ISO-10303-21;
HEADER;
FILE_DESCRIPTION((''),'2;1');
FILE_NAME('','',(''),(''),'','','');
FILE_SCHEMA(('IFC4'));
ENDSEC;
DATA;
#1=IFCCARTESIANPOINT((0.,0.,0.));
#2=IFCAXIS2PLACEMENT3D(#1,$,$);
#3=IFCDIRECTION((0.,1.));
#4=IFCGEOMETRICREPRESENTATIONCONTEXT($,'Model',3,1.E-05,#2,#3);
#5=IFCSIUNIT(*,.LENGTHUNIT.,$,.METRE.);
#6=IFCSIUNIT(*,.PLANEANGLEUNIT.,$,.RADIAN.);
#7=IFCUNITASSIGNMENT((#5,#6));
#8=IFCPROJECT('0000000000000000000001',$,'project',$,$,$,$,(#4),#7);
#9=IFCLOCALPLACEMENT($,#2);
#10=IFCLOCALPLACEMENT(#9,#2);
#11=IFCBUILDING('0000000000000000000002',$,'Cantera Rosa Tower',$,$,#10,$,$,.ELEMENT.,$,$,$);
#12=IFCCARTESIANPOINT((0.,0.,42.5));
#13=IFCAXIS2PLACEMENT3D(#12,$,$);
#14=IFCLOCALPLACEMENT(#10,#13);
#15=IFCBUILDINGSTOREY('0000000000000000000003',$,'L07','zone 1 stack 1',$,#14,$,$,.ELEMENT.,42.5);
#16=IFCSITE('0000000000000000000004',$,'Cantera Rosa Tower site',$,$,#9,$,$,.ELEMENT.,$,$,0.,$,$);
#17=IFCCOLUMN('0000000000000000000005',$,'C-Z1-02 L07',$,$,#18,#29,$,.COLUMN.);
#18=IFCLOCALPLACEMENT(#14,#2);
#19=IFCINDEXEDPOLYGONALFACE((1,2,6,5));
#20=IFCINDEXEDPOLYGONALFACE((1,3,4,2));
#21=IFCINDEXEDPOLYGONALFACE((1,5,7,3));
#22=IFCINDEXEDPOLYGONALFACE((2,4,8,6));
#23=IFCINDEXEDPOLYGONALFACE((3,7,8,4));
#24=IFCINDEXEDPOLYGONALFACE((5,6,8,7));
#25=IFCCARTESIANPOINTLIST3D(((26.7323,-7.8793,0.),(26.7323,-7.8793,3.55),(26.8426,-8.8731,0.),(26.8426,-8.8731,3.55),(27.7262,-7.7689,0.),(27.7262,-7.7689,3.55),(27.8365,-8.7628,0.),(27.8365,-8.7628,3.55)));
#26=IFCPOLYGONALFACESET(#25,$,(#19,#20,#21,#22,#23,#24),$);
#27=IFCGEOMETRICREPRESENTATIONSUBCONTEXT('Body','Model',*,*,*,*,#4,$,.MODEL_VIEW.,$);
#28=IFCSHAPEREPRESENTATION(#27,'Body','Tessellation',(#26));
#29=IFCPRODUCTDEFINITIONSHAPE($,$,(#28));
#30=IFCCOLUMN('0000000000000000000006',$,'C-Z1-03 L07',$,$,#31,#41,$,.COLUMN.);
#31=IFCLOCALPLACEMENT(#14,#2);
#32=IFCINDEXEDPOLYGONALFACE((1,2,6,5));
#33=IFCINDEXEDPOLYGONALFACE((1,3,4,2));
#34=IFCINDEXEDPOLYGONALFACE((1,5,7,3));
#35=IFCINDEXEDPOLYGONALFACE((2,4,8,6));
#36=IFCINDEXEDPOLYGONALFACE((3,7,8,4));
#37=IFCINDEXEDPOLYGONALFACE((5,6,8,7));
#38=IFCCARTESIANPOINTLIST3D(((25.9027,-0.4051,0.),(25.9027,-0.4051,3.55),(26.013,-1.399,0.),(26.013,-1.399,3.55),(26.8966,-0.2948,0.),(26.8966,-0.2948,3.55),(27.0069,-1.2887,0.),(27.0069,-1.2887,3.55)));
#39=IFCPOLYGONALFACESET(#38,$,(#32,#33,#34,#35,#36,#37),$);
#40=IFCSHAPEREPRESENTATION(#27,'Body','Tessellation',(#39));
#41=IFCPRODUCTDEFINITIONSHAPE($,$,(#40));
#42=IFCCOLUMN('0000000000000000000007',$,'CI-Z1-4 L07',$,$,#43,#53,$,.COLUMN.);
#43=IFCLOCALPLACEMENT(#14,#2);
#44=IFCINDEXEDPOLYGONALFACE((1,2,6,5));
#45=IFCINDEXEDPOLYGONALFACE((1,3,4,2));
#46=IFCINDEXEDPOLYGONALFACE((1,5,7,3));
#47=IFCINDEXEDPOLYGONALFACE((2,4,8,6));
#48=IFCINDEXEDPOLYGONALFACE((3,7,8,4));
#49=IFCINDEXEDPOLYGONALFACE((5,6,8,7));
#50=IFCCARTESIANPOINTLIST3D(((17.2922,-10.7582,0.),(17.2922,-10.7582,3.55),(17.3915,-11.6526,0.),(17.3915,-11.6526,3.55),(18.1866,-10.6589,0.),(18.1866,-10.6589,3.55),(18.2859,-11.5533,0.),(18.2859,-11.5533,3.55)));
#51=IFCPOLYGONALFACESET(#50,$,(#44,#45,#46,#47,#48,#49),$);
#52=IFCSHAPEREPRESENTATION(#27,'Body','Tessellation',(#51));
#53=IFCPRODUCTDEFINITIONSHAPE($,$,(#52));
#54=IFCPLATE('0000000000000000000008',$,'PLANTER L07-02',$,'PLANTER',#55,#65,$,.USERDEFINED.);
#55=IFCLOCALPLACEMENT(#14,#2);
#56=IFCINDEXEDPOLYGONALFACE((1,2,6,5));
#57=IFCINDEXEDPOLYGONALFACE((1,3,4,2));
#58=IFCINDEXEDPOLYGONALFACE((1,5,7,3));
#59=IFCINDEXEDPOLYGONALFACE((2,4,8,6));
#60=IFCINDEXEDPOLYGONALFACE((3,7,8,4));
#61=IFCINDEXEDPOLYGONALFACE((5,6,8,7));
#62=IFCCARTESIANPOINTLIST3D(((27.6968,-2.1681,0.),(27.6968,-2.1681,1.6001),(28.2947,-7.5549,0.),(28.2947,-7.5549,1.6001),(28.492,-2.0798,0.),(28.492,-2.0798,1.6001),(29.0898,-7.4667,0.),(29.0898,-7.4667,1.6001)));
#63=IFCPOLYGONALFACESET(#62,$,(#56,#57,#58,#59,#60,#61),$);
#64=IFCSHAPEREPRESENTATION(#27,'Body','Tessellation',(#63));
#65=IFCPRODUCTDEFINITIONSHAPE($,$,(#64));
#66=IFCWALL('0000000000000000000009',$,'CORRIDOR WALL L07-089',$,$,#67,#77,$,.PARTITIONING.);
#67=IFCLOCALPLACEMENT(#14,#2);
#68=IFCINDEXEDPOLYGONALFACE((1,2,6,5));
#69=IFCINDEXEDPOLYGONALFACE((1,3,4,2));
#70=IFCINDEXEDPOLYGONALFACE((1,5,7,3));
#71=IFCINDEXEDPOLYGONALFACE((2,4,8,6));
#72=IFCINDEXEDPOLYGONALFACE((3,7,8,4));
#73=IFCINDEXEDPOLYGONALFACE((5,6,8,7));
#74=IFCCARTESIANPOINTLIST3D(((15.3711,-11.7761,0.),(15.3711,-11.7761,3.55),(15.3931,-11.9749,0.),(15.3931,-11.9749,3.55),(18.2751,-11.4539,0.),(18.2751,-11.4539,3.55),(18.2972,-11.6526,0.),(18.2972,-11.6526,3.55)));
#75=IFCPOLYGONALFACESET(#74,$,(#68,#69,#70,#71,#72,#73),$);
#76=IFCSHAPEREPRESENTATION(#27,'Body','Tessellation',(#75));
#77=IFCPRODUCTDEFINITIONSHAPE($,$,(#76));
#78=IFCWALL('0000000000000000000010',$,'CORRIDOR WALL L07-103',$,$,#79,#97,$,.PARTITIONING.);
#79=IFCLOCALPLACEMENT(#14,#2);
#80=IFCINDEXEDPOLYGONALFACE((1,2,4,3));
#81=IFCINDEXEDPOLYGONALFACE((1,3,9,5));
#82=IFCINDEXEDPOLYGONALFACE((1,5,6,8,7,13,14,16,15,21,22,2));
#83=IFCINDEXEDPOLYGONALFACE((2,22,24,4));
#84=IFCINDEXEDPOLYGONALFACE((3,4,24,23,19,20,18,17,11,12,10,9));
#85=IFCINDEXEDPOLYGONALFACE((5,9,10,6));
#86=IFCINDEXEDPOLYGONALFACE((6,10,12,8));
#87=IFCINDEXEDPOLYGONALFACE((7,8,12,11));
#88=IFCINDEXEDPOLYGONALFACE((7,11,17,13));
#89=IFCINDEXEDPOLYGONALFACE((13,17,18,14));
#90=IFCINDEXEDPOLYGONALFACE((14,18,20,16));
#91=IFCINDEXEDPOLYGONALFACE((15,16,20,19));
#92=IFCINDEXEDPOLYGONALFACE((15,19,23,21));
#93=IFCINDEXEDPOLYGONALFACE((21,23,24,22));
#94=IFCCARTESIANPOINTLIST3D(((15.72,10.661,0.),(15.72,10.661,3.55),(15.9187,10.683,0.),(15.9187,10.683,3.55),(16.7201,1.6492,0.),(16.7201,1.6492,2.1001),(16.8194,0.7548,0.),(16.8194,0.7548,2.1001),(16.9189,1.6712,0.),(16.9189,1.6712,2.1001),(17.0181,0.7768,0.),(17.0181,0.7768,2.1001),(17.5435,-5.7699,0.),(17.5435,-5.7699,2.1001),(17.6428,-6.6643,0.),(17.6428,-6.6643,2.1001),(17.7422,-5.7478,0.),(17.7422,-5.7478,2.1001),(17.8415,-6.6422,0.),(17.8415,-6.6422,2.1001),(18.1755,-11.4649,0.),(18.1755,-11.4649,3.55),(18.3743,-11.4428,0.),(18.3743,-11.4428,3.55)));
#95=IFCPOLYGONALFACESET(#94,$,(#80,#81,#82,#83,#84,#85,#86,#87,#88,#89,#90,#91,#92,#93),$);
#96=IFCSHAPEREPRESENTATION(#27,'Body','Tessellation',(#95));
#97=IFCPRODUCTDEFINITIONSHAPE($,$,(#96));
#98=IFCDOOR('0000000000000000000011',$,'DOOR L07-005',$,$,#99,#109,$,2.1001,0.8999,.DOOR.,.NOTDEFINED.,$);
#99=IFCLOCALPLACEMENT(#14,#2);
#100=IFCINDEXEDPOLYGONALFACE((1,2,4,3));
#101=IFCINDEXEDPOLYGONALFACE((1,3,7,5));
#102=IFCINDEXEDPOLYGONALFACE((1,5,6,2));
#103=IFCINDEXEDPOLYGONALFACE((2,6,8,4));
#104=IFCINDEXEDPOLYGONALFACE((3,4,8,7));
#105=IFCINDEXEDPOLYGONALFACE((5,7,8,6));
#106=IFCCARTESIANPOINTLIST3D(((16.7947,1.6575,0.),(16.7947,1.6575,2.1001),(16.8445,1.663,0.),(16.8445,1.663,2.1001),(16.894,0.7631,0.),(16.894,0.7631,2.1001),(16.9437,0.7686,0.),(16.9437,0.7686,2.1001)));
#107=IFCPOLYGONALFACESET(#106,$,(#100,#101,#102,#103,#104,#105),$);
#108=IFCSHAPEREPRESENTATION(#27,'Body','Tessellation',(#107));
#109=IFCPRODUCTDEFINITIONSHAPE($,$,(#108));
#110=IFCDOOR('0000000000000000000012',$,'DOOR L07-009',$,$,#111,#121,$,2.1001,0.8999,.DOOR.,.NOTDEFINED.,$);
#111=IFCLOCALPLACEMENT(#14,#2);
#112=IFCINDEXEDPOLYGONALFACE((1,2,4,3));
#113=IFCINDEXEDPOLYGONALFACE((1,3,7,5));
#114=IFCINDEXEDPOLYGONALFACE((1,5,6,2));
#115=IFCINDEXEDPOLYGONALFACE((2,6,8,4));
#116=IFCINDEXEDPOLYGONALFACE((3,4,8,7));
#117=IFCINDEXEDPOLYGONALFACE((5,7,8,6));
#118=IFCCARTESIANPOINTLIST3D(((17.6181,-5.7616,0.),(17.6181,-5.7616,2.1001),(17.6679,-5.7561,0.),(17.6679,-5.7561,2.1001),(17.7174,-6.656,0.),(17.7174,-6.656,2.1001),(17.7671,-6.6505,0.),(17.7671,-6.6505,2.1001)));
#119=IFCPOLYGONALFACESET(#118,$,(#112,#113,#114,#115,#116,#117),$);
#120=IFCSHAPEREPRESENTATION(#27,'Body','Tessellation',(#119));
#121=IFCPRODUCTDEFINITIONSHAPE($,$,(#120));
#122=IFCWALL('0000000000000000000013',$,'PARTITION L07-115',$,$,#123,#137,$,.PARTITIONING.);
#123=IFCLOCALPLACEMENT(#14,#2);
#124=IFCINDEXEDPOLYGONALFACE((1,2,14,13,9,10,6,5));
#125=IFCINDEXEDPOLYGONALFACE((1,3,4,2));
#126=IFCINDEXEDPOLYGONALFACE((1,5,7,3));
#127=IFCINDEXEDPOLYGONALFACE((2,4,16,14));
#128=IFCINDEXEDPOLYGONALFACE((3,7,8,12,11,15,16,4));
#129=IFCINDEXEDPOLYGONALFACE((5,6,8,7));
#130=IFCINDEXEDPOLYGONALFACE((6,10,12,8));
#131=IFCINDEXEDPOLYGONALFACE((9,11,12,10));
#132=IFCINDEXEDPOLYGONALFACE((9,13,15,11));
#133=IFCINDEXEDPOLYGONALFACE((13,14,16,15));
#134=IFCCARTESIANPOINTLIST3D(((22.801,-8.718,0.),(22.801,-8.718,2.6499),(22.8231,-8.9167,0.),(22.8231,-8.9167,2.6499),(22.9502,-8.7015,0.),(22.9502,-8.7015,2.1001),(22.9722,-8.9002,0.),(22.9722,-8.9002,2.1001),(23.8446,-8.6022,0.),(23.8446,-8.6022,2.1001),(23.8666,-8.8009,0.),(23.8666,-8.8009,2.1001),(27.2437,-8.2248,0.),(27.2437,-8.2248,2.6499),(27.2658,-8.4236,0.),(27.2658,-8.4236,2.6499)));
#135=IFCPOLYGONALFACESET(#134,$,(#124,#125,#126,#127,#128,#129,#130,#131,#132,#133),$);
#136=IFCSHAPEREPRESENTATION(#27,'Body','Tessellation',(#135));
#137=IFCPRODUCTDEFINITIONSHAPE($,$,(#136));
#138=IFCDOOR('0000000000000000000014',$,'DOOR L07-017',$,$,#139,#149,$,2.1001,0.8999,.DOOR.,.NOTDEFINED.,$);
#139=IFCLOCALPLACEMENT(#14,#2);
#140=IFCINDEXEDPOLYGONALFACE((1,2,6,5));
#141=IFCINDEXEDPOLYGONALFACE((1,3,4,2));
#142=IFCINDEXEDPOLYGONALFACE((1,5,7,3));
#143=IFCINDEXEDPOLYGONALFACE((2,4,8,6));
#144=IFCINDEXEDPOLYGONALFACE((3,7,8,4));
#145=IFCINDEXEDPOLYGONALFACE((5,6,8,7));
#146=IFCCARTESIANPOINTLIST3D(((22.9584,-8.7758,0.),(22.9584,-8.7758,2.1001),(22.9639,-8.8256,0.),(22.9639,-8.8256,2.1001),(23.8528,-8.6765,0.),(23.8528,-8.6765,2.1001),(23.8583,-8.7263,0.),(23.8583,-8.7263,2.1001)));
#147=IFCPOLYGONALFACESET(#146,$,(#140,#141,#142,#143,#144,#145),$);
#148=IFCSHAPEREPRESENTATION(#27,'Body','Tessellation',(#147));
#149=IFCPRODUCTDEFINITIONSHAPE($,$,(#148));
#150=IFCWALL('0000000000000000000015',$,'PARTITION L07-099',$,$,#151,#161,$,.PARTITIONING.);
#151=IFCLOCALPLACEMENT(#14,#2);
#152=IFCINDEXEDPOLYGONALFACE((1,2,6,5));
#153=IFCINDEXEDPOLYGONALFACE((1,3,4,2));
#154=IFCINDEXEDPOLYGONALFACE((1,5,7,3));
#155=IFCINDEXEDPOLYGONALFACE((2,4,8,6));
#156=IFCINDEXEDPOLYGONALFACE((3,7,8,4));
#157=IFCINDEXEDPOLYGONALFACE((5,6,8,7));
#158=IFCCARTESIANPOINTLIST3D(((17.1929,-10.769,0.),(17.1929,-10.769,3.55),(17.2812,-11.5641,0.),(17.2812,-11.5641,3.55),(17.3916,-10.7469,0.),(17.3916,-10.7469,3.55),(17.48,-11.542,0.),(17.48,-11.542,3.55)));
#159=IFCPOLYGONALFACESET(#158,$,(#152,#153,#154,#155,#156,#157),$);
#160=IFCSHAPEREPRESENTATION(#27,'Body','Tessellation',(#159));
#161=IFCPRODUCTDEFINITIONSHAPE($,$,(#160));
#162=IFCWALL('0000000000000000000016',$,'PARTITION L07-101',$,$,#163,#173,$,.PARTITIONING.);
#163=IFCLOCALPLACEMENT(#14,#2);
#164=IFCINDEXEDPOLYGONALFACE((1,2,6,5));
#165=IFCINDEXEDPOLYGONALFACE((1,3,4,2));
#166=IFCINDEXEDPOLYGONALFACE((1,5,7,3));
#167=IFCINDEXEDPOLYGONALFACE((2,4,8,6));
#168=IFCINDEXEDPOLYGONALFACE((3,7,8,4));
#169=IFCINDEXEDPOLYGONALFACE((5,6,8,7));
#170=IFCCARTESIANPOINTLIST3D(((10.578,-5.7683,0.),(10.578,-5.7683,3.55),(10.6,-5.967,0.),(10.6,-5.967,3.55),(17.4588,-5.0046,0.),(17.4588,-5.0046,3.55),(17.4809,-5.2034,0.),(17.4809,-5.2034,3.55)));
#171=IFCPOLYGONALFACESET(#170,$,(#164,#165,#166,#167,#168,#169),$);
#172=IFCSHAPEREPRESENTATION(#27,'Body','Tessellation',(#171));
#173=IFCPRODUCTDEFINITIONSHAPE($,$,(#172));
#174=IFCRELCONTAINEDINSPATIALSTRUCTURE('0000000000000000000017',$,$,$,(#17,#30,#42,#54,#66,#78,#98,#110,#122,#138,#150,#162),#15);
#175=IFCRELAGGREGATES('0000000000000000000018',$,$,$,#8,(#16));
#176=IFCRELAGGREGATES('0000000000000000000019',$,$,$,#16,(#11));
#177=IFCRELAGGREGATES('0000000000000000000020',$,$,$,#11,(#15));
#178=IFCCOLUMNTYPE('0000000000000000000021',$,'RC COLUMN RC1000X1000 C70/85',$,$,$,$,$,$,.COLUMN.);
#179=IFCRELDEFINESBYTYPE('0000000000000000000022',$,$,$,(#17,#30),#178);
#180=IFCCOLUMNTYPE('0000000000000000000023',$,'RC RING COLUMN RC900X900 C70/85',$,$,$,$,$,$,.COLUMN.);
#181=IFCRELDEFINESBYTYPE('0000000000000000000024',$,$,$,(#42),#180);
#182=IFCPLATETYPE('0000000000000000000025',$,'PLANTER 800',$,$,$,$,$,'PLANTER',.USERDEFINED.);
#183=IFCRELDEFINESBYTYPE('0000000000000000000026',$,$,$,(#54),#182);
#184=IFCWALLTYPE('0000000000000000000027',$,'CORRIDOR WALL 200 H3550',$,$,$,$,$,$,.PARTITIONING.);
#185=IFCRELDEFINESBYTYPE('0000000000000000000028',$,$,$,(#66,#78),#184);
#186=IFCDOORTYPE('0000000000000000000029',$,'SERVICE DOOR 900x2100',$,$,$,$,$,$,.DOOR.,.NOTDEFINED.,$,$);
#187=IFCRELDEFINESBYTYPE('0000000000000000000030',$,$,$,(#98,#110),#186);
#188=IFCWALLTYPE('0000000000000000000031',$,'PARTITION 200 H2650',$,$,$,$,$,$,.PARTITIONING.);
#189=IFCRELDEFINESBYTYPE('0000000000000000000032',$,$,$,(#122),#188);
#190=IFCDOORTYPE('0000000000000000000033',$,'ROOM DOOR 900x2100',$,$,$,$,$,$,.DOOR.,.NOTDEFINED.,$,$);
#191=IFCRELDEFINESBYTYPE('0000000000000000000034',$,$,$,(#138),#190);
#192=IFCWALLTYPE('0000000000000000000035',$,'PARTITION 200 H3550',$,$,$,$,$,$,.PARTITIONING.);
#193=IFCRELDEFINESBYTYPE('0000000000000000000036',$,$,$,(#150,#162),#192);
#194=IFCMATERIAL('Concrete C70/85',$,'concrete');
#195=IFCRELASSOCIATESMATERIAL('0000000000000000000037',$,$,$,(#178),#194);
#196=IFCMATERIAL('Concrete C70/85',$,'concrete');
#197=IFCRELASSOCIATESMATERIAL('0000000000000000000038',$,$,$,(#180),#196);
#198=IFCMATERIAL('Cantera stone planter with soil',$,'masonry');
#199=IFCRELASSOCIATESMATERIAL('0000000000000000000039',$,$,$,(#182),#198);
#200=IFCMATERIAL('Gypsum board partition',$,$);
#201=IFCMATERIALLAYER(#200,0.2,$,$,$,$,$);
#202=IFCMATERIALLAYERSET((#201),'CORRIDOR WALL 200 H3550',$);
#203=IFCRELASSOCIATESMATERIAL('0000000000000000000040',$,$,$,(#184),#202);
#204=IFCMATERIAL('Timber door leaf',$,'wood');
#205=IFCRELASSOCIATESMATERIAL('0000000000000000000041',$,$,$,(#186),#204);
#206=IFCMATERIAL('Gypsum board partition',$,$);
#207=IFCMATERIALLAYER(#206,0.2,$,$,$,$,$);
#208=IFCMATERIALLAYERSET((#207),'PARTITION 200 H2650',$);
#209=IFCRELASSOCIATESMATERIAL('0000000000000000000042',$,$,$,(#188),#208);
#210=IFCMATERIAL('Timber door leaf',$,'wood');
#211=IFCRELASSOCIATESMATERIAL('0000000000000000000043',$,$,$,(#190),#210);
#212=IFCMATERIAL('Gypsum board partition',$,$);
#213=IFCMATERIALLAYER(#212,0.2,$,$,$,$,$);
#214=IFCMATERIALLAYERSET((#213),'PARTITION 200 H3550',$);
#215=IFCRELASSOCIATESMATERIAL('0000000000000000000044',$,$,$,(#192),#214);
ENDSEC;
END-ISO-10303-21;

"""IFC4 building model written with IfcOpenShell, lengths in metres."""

from ifc_helpers import new_model, si_unit, direction, frame, frame_2d, origin, origin_2d, place, context, subcontext, project, spatial, rectangle, extrude, material, layer, layer_set, material_profile, profile_set, type_object, element, fill, save


model = new_model("IFC4")

# Units and contexts
model_context = context("Model", 3, precision=1e-05, world=origin(), true_north=direction((0.0, 1.0)))
body_context = subcontext(model_context, "Body", "Model", "MODEL_VIEW")
ifc_project = project(units=[si_unit("LENGTHUNIT", "METRE"), si_unit("PLANEANGLEUNIT", "RADIAN")], contexts=[model_context])

# Site, building, storey
site_placement = place(None, origin())
site = spatial("IfcSite", under=ifc_project, at=site_placement, Name="Cantera Rosa Tower site", CompositionType="ELEMENT", RefElevation=0.0)
building_placement = place(site_placement, origin())
building = spatial("IfcBuilding", under=site, at=building_placement, Name="Cantera Rosa Tower", CompositionType="ELEMENT")
storey_placement = place(building_placement, frame((0.0, 0.0, 42.5)))
storey = spatial("IfcBuildingStorey", under=building, at=storey_placement, Name="L07", Description="zone 1 stack 1", CompositionType="ELEMENT", Elevation=42.5)

# Columns
ifc_material_1 = material(Name="Concrete C70/85", Category="concrete")
ifc_material_profile_1 = material_profile(ifc_material_1, rectangle(XDim=1.0, YDim=1.0, at=origin_2d()), Name="RC COLUMN RC1000X1000 C70/85")
ifc_profile_set_1 = profile_set([ifc_material_profile_1], Name="Concrete C70/85")
column_type_1 = type_object("IfcColumnType", Name="RC COLUMN RC1000X1000 C70/85", PredefinedType="COLUMN", material=ifc_profile_set_1)
for number, where, z_axis, x_axis, name in (
    (1, (27.2844, -8.321, 0.0), (0.0, 0.0, 1.0), (0.993897, 0.110313, 0.0), "C-Z1-02 L07"),
    (2, (26.4548, -0.8469, 0.0), (0.0, 0.0, 1.0), (0.993897, 0.110313, 0.0), "C-Z1-03 L07"),
):
    element("IfcColumn", number, at=place(storey_placement, frame(where, z_axis=z_axis, x_axis=x_axis)), inside=storey, type_object=column_type_1, Name=name, PredefinedType="COLUMN", context=body_context, shape_type="SweptSolid", body=[
        extrude(rectangle(XDim=1.0, YDim=1.0, at=origin_2d()), origin(), (0.0, 0.0, 1.0), 3.55),
    ])
ifc_material_2 = material(Name="Concrete C70/85", Category="concrete")
ifc_material_profile_2 = material_profile(ifc_material_2, rectangle(XDim=0.8999, YDim=0.8999, at=origin_2d()), Name="RC RING COLUMN RC900X900 C70/85")
ifc_profile_set_2 = profile_set([ifc_material_profile_2], Name="Concrete C70/85")
column_type_2 = type_object("IfcColumnType", Name="RC RING COLUMN RC900X900 C70/85", PredefinedType="COLUMN", material=ifc_profile_set_2)
column_placement = place(storey_placement, frame((17.7891, -11.1558, 0.0), z_axis=(0.0, 0.0, 1.0), x_axis=(0.993897, 0.110313, 0.0)))
element("IfcColumn", 3, at=column_placement, inside=storey, type_object=column_type_2, Name="CI-Z1-4 L07", PredefinedType="COLUMN", context=body_context, shape_type="SweptSolid", body=[
    extrude(rectangle(XDim=0.8999, YDim=0.8999, at=origin_2d()), origin(), (0.0, 0.0, 1.0), 3.55),
])

# Plate
ifc_material_3 = material(Name="Cantera stone planter with soil", Category="masonry")
plate_type = type_object("IfcPlateType", Name="PLANTER 800", ElementType="PLANTER", PredefinedType="USERDEFINED", material=ifc_material_3)
plate_placement = place(storey_placement, frame((28.3933, -4.8174, 0.0), z_axis=(0.0, 0.0, 1.0), x_axis=(-0.110313, 0.993897, 0.0)))
element("IfcPlate", 4, at=plate_placement, inside=storey, type_object=plate_type, Name="PLANTER L07-02", ObjectType="PLANTER", PredefinedType="USERDEFINED", context=body_context, shape_type="SweptSolid", body=[
    extrude(rectangle(XDim=5.4199, YDim=0.8, at=origin_2d()), origin(), (0.0, 0.0, 1.0), 1.6001),
])

# Wall
ifc_material_4 = material(Name="Gypsum board partition")
ifc_layer_1 = layer(ifc_material_4, 0.2)
ifc_layer_set_1 = layer_set([ifc_layer_1], Name="CORRIDOR WALL 200 H3550")
wall_type_1 = type_object("IfcWallType", Name="CORRIDOR WALL 200 H3550", PredefinedType="PARTITIONING", material=ifc_layer_set_1)
wall_1_placement = place(storey_placement, frame((15.3821, -11.8755, 0.0), z_axis=(0.0, 0.0, 1.0), x_axis=(0.993899, 0.110294, 0.0)))
element("IfcWall", 5, at=wall_1_placement, inside=storey, type_object=wall_type_1, Name="CORRIDOR WALL L07-089", PredefinedType="PARTITIONING", context=body_context, shape_type="SweptSolid", body=[
    extrude(rectangle(XDim=2.9219, YDim=0.2, at=frame_2d((1.4609, 0.0))), origin(), (0.0, 0.0, 1.0), 3.55),
])

# Wall, openings, doors
wall_2_placement = place(storey_placement, frame((18.2749, -11.4539, 0.0), z_axis=(0.0, 0.0, 1.0), x_axis=(-0.110304, 0.993898, 0.0)))
wall_2 = element("IfcWall", 6, at=wall_2_placement, inside=storey, type_object=wall_type_1, Name="CORRIDOR WALL L07-103", PredefinedType="PARTITIONING", context=body_context, shape_type="SweptSolid", body=[
    extrude(rectangle(XDim=22.2617, YDim=0.2, at=frame_2d((11.1309, 0.0))), origin(), (0.0, 0.0, 1.0), 3.55),
])
opening_1_placement = place(wall_2_placement, frame((12.2947, 0.0, 0.0)))
opening_1 = element("IfcOpeningElement", 7, at=opening_1_placement, cuts=wall_2, PredefinedType="OPENING", context=body_context, shape_type="SweptSolid", body=[
    extrude(rectangle(XDim=0.8999, YDim=2.1001, at=frame_2d((0.45, 1.05))), frame((0.0, 0.1099, 0.0), z_axis=(0.0, -1.0, 0.0), x_axis=(1.0, 0.0, 0.0)), (0.0, 0.0, 1.0), 0.22),
])
opening_2_placement = place(wall_2_placement, frame((4.8301, 0.0, 0.0)))
opening_2 = element("IfcOpeningElement", 8, at=opening_2_placement, cuts=wall_2, PredefinedType="OPENING", context=body_context, shape_type="SweptSolid", body=[
    extrude(rectangle(XDim=0.8999, YDim=2.1001, at=frame_2d((0.45, 1.05))), frame((0.0, 0.1099, 0.0), z_axis=(0.0, -1.0, 0.0), x_axis=(1.0, 0.0, 0.0)), (0.0, 0.0, 1.0), 0.22),
])
ifc_material_5 = material(Name="Timber door leaf", Category="wood")
door_type_1 = type_object("IfcDoorType", Name="SERVICE DOOR 900x2100", OperationType="NOTDEFINED", PredefinedType="DOOR", material=ifc_material_5)
door_1_placement = place(opening_1_placement, origin())
door_1 = element("IfcDoor", 9, at=door_1_placement, inside=storey, type_object=door_type_1, Name="DOOR L07-005", OperationType="NOTDEFINED", OverallHeight=2.1001, OverallWidth=0.8999, PredefinedType="DOOR", context=body_context, shape_type="SweptSolid", body=[
    extrude(rectangle(XDim=0.8999, YDim=2.1001, at=frame_2d((0.45, 1.05))), frame((0.0, 0.0249, 0.0), z_axis=(0.0, -1.0, 0.0), x_axis=(1.0, 0.0, 0.0)), (0.0, 0.0, 1.0), 0.05),
])
fill(opening_1, door_1)
door_2_placement = place(opening_2_placement, origin())
door_2 = element("IfcDoor", 10, at=door_2_placement, inside=storey, type_object=door_type_1, Name="DOOR L07-009", OperationType="NOTDEFINED", OverallHeight=2.1001, OverallWidth=0.8999, PredefinedType="DOOR", context=body_context, shape_type="SweptSolid", body=[
    extrude(rectangle(XDim=0.8999, YDim=2.1001, at=frame_2d((0.45, 1.05))), frame((0.0, 0.0249, 0.0), z_axis=(0.0, -1.0, 0.0), x_axis=(1.0, 0.0, 0.0)), (0.0, 0.0, 1.0), 0.05),
])
fill(opening_2, door_2)

# Wall, opening, door
ifc_material_6 = material(Name="Gypsum board partition")
ifc_layer_2 = layer(ifc_material_6, 0.2)
ifc_layer_set_2 = layer_set([ifc_layer_2], Name="PARTITION 200 H2650")
wall_type_2 = type_object("IfcWallType", Name="PARTITION 200 H2650", PredefinedType="PARTITIONING", material=ifc_layer_set_2)
wall_3_placement = place(storey_placement, frame((27.2546, -8.3242, 0.0), z_axis=(0.0, 0.0, 1.0), x_axis=(-0.993895, -0.11033, 0.0)))
wall_3 = element("IfcWall", 11, at=wall_3_placement, inside=storey, type_object=wall_type_2, Name="PARTITION L07-115", PredefinedType="PARTITIONING", context=body_context, shape_type="SweptSolid", body=[
    extrude(rectangle(XDim=4.47, YDim=0.2, at=frame_2d((2.2349, 0.0))), origin(), (0.0, 0.0, 1.0), 2.6499),
])
opening_3_placement = place(wall_3_placement, frame((3.4199, 0.0, 0.0)))
opening_3 = element("IfcOpeningElement", 12, at=opening_3_placement, cuts=wall_3, PredefinedType="OPENING", context=body_context, shape_type="SweptSolid", body=[
    extrude(rectangle(XDim=0.8999, YDim=2.1001, at=frame_2d((0.45, 1.05))), frame((0.0, 0.1099, 0.0), z_axis=(0.0, -1.0, 0.0), x_axis=(1.0, 0.0, 0.0)), (0.0, 0.0, 1.0), 0.22),
])
ifc_material_7 = material(Name="Timber door leaf", Category="wood")
door_type_2 = type_object("IfcDoorType", Name="ROOM DOOR 900x2100", OperationType="NOTDEFINED", PredefinedType="DOOR", material=ifc_material_7)
door_3_placement = place(opening_3_placement, origin())
door_3 = element("IfcDoor", 13, at=door_3_placement, inside=storey, type_object=door_type_2, Name="DOOR L07-017", OperationType="NOTDEFINED", OverallHeight=2.1001, OverallWidth=0.8999, PredefinedType="DOOR", context=body_context, shape_type="SweptSolid", body=[
    extrude(rectangle(XDim=0.8999, YDim=2.1001, at=frame_2d((0.45, 1.05))), frame((0.0, 0.0249, 0.0), z_axis=(0.0, -1.0, 0.0), x_axis=(1.0, 0.0, 0.0)), (0.0, 0.0, 1.0), 0.05),
])
fill(opening_3, door_3)

# Walls
ifc_material_8 = material(Name="Gypsum board partition")
ifc_layer_3 = layer(ifc_material_8, 0.2)
ifc_layer_set_3 = layer_set([ifc_layer_3], Name="PARTITION 200 H3550")
wall_type_3 = type_object("IfcWallType", Name="PARTITION 200 H3550", PredefinedType="PARTITIONING", material=ifc_layer_set_3)
wall_4_placement = place(storey_placement, frame((17.2922, -10.7581, 0.0), z_axis=(0.0, 0.0, 1.0), x_axis=(0.110465, -0.99388, 0.0)))
element("IfcWall", 14, at=wall_4_placement, inside=storey, type_object=wall_type_3, Name="PARTITION L07-099", PredefinedType="PARTITIONING", context=body_context, shape_type="SweptSolid", body=[
    extrude(rectangle(XDim=0.8, YDim=0.2, at=frame_2d((0.3999, 0.0))), origin(), (0.0, 0.0, 1.0), 3.55),
])
wall_5_placement = place(storey_placement, frame((17.4697, -5.104, 0.0), z_axis=(0.0, 0.0, 1.0), x_axis=(-0.993897, -0.110308, 0.0)))
element("IfcWall", 15, at=wall_5_placement, inside=storey, type_object=wall_type_3, Name="PARTITION L07-101", PredefinedType="PARTITIONING", context=body_context, shape_type="SweptSolid", body=[
    extrude(rectangle(XDim=6.9231, YDim=0.2, at=frame_2d((3.4614, 0.0))), origin(), (0.0, 0.0, 1.0), 3.55),
])

save(model, "model.ifc")
